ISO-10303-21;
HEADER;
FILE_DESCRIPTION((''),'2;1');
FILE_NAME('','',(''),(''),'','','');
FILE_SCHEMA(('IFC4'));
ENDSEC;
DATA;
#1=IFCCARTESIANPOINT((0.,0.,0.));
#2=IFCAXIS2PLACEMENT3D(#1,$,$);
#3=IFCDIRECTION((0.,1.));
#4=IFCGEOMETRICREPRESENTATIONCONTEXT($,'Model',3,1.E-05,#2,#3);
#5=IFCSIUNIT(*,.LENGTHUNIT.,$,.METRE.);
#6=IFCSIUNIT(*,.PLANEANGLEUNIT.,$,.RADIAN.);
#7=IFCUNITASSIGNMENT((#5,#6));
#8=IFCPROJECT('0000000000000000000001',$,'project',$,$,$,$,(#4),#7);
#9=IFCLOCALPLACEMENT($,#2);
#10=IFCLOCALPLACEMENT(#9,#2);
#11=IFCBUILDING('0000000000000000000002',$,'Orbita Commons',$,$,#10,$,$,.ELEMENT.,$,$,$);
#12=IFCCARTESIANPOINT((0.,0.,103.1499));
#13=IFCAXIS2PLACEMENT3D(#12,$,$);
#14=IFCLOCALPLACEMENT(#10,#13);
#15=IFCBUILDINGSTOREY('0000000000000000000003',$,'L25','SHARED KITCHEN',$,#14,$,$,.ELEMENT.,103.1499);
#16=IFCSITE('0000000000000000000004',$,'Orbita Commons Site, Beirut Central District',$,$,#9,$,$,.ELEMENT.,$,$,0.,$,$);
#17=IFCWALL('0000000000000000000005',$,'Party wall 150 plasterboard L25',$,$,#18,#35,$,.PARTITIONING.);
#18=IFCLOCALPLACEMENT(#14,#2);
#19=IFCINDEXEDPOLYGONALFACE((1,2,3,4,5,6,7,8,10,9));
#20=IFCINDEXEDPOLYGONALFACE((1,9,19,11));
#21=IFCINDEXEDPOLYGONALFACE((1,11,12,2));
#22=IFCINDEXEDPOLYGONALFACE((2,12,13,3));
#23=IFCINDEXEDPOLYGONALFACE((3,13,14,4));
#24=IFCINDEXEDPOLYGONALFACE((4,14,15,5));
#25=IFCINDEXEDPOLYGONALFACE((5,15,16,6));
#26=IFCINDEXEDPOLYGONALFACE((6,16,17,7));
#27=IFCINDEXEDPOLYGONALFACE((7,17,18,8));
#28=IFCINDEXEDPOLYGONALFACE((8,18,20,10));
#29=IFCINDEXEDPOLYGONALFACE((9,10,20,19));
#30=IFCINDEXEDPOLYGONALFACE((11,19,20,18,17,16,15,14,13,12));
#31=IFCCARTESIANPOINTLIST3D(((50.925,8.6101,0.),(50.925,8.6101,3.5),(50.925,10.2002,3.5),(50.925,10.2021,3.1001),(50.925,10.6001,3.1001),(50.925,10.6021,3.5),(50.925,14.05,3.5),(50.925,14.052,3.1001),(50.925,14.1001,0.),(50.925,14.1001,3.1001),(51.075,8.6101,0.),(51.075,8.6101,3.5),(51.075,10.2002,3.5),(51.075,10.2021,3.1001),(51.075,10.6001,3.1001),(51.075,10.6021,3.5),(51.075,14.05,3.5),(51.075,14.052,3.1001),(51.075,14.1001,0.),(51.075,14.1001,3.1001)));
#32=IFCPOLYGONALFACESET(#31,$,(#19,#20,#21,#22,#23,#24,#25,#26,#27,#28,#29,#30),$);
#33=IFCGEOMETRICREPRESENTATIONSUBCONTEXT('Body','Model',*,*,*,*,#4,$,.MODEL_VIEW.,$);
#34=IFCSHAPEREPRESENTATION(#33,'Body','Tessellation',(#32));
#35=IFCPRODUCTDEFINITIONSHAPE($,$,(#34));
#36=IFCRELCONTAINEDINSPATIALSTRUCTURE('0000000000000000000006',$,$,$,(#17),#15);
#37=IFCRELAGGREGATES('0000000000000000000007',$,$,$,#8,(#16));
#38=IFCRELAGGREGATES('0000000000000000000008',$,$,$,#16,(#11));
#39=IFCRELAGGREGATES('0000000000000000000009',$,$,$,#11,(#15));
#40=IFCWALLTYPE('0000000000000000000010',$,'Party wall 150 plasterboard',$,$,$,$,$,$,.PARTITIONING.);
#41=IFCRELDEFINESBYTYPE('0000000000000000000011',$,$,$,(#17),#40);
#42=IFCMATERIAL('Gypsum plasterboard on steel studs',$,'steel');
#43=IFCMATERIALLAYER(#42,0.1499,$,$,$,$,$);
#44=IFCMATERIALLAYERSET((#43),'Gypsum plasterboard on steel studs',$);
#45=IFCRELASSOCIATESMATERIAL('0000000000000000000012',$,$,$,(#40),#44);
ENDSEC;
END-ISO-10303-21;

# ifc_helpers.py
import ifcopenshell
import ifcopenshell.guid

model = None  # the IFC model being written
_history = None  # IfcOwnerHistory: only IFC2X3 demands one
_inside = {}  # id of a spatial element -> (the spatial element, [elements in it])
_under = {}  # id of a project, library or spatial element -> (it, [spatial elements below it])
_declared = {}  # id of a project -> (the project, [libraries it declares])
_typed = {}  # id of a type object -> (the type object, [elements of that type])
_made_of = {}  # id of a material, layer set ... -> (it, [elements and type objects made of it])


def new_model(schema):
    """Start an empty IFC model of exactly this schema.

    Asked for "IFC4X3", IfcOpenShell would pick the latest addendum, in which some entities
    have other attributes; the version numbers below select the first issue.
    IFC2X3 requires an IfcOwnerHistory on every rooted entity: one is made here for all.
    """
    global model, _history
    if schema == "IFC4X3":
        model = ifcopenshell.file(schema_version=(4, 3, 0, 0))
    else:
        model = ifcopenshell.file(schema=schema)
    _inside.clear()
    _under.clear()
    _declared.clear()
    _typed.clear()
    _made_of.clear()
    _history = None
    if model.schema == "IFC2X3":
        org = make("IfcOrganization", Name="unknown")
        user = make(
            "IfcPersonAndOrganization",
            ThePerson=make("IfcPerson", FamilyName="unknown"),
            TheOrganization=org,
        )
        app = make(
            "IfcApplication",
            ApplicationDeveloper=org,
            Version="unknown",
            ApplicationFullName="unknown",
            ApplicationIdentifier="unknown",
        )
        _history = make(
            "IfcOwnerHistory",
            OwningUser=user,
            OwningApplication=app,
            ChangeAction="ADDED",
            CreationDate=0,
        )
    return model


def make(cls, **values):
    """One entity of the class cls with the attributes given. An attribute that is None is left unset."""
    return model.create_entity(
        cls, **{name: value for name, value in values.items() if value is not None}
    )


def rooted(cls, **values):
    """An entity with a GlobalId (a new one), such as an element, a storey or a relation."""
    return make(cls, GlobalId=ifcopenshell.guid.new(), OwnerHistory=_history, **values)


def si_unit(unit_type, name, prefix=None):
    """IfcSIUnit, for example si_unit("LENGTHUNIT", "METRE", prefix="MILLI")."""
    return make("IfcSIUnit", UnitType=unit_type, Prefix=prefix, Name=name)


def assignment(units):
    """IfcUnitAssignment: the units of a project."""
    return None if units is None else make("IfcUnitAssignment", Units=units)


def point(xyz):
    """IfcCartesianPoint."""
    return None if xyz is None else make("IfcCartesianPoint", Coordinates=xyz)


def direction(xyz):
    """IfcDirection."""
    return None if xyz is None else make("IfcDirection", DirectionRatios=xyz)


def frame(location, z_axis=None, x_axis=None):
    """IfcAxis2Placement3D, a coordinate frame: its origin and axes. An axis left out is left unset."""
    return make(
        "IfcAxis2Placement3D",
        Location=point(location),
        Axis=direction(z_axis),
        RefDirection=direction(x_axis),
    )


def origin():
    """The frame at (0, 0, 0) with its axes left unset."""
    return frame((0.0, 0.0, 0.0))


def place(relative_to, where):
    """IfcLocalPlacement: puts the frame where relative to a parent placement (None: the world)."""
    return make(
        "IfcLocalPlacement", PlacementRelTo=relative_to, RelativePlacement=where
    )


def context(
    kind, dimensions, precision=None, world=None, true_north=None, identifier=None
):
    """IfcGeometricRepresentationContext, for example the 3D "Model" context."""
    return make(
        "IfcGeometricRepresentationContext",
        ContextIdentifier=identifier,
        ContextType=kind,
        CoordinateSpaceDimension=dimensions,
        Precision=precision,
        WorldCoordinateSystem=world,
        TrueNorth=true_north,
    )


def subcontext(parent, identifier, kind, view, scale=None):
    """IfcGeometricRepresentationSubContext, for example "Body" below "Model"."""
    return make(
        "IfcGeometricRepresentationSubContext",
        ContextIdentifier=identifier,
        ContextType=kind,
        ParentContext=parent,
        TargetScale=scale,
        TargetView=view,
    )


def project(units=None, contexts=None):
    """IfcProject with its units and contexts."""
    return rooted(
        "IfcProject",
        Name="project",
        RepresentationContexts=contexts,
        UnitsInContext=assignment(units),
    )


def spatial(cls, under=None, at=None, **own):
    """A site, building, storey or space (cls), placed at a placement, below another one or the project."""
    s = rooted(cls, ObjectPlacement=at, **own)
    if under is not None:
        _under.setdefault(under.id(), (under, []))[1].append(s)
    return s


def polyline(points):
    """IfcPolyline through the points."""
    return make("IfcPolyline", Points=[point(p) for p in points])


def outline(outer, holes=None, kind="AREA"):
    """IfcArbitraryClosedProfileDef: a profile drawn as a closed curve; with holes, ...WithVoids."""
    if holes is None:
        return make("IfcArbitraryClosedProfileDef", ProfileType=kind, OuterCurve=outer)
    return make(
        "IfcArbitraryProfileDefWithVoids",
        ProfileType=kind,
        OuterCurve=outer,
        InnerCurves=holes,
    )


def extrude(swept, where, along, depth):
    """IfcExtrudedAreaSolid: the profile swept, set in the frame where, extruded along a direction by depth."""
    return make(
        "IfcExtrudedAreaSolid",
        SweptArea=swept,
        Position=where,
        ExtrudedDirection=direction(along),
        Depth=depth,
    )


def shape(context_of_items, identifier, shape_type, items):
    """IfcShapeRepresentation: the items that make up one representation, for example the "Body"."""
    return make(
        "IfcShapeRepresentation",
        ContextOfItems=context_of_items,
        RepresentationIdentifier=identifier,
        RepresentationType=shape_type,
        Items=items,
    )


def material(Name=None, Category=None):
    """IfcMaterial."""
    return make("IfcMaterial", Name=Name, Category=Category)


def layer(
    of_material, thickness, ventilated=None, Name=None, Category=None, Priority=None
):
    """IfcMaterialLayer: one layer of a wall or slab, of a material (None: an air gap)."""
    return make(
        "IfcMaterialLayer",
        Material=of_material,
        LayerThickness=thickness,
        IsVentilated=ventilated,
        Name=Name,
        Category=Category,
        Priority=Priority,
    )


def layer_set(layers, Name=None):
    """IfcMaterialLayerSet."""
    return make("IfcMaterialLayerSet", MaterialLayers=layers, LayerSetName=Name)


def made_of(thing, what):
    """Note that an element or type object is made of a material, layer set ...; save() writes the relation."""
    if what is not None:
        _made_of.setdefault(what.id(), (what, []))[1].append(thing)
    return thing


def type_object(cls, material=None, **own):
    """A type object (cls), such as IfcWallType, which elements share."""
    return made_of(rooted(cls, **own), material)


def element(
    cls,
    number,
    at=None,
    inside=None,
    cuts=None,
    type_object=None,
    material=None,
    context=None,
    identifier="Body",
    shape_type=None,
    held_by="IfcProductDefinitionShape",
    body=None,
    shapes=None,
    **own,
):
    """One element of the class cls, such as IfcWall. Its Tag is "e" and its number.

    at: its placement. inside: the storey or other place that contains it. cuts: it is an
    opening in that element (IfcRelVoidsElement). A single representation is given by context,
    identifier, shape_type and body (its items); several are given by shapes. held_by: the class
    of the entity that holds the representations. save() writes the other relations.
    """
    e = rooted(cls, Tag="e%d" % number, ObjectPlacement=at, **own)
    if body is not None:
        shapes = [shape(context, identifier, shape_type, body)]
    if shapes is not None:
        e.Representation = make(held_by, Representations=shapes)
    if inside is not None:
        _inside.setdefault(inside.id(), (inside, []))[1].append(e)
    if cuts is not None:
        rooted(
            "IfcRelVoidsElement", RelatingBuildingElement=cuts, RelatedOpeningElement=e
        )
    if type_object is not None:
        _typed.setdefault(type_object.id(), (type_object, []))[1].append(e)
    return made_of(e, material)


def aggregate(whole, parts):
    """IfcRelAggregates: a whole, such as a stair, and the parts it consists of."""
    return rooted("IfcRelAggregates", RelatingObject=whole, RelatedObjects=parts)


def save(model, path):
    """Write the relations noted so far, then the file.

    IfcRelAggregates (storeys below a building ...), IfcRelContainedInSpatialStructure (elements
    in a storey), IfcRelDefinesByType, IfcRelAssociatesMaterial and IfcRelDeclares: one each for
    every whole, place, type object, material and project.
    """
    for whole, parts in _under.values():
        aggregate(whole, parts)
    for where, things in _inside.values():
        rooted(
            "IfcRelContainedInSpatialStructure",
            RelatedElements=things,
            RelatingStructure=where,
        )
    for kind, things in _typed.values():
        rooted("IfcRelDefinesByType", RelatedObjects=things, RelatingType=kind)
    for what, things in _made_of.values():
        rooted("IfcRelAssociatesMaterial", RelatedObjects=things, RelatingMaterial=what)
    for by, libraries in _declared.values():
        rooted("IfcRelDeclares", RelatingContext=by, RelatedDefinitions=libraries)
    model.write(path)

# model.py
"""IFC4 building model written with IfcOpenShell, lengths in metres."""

from ifc_helpers import new_model, si_unit, direction, frame, origin, place, context, subcontext, project, spatial, polyline, outline, extrude, material, layer, layer_set, type_object, element, save


model = new_model("IFC4")

# Units and contexts
model_context = context("Model", 3, precision=1e-05, world=origin(), true_north=direction((0.0, 1.0)))
body_context = subcontext(model_context, "Body", "Model", "MODEL_VIEW")
ifc_project = project(units=[si_unit("LENGTHUNIT", "METRE"), si_unit("PLANEANGLEUNIT", "RADIAN")], contexts=[model_context])

# Site, building, storey
site_placement = place(None, origin())
site = spatial("IfcSite", under=ifc_project, at=site_placement, Name="Orbita Commons Site, Beirut Central District", CompositionType="ELEMENT", RefElevation=0.0)
building_placement = place(site_placement, origin())
building = spatial("IfcBuilding", under=site, at=building_placement, Name="Orbita Commons", CompositionType="ELEMENT")
storey_placement = place(building_placement, frame((0.0, 0.0, 103.1499)))
storey = spatial("IfcBuildingStorey", under=building, at=storey_placement, Name="L25", Description="SHARED KITCHEN", CompositionType="ELEMENT", Elevation=103.1499)

# Wall
ifc_material_1 = material(Name="Gypsum plasterboard on steel studs", Category="steel")
ifc_layer_1 = layer(ifc_material_1, 0.1499)
ifc_layer_set_1 = layer_set([ifc_layer_1], Name="Gypsum plasterboard on steel studs")
wall_type_1 = type_object("IfcWallType", Name="Party wall 150 plasterboard", PredefinedType="PARTITIONING", material=ifc_layer_set_1)
for number, where, z_axis, x_axis, name in (
    (1, (51.0, 8.6101, 0.0), (0.0, 0.0, 1.0), (0.0, 1.0, 0.0), "Party wall 150 plasterboard L25"),
):
    element("IfcWall", number, at=place(storey_placement, frame(where, z_axis=z_axis, x_axis=x_axis)), inside=storey, type_object=wall_type_1, Name=name, PredefinedType="PARTITIONING", context=body_context, shape_type="SweptSolid", body=[
        extrude(outline(polyline([(0.0, 0.0), (5.49, 0.0), (5.49, 3.1001), (5.4419, 3.1001), (5.4399, 3.5), (1.9919, 3.5), (1.99, 3.1001), (1.592, 3.1001), (1.5901, 3.5), (0.0, 3.5), (0.0, 0.0)])), frame((0.0, 0.075, 0.0), z_axis=(0.0, -1.0, 0.0), x_axis=(1.0, 0.0, 0.0)), (0.0, 0.0, 1.0), 0.1499),
    ])

save(model, "model.ifc")
